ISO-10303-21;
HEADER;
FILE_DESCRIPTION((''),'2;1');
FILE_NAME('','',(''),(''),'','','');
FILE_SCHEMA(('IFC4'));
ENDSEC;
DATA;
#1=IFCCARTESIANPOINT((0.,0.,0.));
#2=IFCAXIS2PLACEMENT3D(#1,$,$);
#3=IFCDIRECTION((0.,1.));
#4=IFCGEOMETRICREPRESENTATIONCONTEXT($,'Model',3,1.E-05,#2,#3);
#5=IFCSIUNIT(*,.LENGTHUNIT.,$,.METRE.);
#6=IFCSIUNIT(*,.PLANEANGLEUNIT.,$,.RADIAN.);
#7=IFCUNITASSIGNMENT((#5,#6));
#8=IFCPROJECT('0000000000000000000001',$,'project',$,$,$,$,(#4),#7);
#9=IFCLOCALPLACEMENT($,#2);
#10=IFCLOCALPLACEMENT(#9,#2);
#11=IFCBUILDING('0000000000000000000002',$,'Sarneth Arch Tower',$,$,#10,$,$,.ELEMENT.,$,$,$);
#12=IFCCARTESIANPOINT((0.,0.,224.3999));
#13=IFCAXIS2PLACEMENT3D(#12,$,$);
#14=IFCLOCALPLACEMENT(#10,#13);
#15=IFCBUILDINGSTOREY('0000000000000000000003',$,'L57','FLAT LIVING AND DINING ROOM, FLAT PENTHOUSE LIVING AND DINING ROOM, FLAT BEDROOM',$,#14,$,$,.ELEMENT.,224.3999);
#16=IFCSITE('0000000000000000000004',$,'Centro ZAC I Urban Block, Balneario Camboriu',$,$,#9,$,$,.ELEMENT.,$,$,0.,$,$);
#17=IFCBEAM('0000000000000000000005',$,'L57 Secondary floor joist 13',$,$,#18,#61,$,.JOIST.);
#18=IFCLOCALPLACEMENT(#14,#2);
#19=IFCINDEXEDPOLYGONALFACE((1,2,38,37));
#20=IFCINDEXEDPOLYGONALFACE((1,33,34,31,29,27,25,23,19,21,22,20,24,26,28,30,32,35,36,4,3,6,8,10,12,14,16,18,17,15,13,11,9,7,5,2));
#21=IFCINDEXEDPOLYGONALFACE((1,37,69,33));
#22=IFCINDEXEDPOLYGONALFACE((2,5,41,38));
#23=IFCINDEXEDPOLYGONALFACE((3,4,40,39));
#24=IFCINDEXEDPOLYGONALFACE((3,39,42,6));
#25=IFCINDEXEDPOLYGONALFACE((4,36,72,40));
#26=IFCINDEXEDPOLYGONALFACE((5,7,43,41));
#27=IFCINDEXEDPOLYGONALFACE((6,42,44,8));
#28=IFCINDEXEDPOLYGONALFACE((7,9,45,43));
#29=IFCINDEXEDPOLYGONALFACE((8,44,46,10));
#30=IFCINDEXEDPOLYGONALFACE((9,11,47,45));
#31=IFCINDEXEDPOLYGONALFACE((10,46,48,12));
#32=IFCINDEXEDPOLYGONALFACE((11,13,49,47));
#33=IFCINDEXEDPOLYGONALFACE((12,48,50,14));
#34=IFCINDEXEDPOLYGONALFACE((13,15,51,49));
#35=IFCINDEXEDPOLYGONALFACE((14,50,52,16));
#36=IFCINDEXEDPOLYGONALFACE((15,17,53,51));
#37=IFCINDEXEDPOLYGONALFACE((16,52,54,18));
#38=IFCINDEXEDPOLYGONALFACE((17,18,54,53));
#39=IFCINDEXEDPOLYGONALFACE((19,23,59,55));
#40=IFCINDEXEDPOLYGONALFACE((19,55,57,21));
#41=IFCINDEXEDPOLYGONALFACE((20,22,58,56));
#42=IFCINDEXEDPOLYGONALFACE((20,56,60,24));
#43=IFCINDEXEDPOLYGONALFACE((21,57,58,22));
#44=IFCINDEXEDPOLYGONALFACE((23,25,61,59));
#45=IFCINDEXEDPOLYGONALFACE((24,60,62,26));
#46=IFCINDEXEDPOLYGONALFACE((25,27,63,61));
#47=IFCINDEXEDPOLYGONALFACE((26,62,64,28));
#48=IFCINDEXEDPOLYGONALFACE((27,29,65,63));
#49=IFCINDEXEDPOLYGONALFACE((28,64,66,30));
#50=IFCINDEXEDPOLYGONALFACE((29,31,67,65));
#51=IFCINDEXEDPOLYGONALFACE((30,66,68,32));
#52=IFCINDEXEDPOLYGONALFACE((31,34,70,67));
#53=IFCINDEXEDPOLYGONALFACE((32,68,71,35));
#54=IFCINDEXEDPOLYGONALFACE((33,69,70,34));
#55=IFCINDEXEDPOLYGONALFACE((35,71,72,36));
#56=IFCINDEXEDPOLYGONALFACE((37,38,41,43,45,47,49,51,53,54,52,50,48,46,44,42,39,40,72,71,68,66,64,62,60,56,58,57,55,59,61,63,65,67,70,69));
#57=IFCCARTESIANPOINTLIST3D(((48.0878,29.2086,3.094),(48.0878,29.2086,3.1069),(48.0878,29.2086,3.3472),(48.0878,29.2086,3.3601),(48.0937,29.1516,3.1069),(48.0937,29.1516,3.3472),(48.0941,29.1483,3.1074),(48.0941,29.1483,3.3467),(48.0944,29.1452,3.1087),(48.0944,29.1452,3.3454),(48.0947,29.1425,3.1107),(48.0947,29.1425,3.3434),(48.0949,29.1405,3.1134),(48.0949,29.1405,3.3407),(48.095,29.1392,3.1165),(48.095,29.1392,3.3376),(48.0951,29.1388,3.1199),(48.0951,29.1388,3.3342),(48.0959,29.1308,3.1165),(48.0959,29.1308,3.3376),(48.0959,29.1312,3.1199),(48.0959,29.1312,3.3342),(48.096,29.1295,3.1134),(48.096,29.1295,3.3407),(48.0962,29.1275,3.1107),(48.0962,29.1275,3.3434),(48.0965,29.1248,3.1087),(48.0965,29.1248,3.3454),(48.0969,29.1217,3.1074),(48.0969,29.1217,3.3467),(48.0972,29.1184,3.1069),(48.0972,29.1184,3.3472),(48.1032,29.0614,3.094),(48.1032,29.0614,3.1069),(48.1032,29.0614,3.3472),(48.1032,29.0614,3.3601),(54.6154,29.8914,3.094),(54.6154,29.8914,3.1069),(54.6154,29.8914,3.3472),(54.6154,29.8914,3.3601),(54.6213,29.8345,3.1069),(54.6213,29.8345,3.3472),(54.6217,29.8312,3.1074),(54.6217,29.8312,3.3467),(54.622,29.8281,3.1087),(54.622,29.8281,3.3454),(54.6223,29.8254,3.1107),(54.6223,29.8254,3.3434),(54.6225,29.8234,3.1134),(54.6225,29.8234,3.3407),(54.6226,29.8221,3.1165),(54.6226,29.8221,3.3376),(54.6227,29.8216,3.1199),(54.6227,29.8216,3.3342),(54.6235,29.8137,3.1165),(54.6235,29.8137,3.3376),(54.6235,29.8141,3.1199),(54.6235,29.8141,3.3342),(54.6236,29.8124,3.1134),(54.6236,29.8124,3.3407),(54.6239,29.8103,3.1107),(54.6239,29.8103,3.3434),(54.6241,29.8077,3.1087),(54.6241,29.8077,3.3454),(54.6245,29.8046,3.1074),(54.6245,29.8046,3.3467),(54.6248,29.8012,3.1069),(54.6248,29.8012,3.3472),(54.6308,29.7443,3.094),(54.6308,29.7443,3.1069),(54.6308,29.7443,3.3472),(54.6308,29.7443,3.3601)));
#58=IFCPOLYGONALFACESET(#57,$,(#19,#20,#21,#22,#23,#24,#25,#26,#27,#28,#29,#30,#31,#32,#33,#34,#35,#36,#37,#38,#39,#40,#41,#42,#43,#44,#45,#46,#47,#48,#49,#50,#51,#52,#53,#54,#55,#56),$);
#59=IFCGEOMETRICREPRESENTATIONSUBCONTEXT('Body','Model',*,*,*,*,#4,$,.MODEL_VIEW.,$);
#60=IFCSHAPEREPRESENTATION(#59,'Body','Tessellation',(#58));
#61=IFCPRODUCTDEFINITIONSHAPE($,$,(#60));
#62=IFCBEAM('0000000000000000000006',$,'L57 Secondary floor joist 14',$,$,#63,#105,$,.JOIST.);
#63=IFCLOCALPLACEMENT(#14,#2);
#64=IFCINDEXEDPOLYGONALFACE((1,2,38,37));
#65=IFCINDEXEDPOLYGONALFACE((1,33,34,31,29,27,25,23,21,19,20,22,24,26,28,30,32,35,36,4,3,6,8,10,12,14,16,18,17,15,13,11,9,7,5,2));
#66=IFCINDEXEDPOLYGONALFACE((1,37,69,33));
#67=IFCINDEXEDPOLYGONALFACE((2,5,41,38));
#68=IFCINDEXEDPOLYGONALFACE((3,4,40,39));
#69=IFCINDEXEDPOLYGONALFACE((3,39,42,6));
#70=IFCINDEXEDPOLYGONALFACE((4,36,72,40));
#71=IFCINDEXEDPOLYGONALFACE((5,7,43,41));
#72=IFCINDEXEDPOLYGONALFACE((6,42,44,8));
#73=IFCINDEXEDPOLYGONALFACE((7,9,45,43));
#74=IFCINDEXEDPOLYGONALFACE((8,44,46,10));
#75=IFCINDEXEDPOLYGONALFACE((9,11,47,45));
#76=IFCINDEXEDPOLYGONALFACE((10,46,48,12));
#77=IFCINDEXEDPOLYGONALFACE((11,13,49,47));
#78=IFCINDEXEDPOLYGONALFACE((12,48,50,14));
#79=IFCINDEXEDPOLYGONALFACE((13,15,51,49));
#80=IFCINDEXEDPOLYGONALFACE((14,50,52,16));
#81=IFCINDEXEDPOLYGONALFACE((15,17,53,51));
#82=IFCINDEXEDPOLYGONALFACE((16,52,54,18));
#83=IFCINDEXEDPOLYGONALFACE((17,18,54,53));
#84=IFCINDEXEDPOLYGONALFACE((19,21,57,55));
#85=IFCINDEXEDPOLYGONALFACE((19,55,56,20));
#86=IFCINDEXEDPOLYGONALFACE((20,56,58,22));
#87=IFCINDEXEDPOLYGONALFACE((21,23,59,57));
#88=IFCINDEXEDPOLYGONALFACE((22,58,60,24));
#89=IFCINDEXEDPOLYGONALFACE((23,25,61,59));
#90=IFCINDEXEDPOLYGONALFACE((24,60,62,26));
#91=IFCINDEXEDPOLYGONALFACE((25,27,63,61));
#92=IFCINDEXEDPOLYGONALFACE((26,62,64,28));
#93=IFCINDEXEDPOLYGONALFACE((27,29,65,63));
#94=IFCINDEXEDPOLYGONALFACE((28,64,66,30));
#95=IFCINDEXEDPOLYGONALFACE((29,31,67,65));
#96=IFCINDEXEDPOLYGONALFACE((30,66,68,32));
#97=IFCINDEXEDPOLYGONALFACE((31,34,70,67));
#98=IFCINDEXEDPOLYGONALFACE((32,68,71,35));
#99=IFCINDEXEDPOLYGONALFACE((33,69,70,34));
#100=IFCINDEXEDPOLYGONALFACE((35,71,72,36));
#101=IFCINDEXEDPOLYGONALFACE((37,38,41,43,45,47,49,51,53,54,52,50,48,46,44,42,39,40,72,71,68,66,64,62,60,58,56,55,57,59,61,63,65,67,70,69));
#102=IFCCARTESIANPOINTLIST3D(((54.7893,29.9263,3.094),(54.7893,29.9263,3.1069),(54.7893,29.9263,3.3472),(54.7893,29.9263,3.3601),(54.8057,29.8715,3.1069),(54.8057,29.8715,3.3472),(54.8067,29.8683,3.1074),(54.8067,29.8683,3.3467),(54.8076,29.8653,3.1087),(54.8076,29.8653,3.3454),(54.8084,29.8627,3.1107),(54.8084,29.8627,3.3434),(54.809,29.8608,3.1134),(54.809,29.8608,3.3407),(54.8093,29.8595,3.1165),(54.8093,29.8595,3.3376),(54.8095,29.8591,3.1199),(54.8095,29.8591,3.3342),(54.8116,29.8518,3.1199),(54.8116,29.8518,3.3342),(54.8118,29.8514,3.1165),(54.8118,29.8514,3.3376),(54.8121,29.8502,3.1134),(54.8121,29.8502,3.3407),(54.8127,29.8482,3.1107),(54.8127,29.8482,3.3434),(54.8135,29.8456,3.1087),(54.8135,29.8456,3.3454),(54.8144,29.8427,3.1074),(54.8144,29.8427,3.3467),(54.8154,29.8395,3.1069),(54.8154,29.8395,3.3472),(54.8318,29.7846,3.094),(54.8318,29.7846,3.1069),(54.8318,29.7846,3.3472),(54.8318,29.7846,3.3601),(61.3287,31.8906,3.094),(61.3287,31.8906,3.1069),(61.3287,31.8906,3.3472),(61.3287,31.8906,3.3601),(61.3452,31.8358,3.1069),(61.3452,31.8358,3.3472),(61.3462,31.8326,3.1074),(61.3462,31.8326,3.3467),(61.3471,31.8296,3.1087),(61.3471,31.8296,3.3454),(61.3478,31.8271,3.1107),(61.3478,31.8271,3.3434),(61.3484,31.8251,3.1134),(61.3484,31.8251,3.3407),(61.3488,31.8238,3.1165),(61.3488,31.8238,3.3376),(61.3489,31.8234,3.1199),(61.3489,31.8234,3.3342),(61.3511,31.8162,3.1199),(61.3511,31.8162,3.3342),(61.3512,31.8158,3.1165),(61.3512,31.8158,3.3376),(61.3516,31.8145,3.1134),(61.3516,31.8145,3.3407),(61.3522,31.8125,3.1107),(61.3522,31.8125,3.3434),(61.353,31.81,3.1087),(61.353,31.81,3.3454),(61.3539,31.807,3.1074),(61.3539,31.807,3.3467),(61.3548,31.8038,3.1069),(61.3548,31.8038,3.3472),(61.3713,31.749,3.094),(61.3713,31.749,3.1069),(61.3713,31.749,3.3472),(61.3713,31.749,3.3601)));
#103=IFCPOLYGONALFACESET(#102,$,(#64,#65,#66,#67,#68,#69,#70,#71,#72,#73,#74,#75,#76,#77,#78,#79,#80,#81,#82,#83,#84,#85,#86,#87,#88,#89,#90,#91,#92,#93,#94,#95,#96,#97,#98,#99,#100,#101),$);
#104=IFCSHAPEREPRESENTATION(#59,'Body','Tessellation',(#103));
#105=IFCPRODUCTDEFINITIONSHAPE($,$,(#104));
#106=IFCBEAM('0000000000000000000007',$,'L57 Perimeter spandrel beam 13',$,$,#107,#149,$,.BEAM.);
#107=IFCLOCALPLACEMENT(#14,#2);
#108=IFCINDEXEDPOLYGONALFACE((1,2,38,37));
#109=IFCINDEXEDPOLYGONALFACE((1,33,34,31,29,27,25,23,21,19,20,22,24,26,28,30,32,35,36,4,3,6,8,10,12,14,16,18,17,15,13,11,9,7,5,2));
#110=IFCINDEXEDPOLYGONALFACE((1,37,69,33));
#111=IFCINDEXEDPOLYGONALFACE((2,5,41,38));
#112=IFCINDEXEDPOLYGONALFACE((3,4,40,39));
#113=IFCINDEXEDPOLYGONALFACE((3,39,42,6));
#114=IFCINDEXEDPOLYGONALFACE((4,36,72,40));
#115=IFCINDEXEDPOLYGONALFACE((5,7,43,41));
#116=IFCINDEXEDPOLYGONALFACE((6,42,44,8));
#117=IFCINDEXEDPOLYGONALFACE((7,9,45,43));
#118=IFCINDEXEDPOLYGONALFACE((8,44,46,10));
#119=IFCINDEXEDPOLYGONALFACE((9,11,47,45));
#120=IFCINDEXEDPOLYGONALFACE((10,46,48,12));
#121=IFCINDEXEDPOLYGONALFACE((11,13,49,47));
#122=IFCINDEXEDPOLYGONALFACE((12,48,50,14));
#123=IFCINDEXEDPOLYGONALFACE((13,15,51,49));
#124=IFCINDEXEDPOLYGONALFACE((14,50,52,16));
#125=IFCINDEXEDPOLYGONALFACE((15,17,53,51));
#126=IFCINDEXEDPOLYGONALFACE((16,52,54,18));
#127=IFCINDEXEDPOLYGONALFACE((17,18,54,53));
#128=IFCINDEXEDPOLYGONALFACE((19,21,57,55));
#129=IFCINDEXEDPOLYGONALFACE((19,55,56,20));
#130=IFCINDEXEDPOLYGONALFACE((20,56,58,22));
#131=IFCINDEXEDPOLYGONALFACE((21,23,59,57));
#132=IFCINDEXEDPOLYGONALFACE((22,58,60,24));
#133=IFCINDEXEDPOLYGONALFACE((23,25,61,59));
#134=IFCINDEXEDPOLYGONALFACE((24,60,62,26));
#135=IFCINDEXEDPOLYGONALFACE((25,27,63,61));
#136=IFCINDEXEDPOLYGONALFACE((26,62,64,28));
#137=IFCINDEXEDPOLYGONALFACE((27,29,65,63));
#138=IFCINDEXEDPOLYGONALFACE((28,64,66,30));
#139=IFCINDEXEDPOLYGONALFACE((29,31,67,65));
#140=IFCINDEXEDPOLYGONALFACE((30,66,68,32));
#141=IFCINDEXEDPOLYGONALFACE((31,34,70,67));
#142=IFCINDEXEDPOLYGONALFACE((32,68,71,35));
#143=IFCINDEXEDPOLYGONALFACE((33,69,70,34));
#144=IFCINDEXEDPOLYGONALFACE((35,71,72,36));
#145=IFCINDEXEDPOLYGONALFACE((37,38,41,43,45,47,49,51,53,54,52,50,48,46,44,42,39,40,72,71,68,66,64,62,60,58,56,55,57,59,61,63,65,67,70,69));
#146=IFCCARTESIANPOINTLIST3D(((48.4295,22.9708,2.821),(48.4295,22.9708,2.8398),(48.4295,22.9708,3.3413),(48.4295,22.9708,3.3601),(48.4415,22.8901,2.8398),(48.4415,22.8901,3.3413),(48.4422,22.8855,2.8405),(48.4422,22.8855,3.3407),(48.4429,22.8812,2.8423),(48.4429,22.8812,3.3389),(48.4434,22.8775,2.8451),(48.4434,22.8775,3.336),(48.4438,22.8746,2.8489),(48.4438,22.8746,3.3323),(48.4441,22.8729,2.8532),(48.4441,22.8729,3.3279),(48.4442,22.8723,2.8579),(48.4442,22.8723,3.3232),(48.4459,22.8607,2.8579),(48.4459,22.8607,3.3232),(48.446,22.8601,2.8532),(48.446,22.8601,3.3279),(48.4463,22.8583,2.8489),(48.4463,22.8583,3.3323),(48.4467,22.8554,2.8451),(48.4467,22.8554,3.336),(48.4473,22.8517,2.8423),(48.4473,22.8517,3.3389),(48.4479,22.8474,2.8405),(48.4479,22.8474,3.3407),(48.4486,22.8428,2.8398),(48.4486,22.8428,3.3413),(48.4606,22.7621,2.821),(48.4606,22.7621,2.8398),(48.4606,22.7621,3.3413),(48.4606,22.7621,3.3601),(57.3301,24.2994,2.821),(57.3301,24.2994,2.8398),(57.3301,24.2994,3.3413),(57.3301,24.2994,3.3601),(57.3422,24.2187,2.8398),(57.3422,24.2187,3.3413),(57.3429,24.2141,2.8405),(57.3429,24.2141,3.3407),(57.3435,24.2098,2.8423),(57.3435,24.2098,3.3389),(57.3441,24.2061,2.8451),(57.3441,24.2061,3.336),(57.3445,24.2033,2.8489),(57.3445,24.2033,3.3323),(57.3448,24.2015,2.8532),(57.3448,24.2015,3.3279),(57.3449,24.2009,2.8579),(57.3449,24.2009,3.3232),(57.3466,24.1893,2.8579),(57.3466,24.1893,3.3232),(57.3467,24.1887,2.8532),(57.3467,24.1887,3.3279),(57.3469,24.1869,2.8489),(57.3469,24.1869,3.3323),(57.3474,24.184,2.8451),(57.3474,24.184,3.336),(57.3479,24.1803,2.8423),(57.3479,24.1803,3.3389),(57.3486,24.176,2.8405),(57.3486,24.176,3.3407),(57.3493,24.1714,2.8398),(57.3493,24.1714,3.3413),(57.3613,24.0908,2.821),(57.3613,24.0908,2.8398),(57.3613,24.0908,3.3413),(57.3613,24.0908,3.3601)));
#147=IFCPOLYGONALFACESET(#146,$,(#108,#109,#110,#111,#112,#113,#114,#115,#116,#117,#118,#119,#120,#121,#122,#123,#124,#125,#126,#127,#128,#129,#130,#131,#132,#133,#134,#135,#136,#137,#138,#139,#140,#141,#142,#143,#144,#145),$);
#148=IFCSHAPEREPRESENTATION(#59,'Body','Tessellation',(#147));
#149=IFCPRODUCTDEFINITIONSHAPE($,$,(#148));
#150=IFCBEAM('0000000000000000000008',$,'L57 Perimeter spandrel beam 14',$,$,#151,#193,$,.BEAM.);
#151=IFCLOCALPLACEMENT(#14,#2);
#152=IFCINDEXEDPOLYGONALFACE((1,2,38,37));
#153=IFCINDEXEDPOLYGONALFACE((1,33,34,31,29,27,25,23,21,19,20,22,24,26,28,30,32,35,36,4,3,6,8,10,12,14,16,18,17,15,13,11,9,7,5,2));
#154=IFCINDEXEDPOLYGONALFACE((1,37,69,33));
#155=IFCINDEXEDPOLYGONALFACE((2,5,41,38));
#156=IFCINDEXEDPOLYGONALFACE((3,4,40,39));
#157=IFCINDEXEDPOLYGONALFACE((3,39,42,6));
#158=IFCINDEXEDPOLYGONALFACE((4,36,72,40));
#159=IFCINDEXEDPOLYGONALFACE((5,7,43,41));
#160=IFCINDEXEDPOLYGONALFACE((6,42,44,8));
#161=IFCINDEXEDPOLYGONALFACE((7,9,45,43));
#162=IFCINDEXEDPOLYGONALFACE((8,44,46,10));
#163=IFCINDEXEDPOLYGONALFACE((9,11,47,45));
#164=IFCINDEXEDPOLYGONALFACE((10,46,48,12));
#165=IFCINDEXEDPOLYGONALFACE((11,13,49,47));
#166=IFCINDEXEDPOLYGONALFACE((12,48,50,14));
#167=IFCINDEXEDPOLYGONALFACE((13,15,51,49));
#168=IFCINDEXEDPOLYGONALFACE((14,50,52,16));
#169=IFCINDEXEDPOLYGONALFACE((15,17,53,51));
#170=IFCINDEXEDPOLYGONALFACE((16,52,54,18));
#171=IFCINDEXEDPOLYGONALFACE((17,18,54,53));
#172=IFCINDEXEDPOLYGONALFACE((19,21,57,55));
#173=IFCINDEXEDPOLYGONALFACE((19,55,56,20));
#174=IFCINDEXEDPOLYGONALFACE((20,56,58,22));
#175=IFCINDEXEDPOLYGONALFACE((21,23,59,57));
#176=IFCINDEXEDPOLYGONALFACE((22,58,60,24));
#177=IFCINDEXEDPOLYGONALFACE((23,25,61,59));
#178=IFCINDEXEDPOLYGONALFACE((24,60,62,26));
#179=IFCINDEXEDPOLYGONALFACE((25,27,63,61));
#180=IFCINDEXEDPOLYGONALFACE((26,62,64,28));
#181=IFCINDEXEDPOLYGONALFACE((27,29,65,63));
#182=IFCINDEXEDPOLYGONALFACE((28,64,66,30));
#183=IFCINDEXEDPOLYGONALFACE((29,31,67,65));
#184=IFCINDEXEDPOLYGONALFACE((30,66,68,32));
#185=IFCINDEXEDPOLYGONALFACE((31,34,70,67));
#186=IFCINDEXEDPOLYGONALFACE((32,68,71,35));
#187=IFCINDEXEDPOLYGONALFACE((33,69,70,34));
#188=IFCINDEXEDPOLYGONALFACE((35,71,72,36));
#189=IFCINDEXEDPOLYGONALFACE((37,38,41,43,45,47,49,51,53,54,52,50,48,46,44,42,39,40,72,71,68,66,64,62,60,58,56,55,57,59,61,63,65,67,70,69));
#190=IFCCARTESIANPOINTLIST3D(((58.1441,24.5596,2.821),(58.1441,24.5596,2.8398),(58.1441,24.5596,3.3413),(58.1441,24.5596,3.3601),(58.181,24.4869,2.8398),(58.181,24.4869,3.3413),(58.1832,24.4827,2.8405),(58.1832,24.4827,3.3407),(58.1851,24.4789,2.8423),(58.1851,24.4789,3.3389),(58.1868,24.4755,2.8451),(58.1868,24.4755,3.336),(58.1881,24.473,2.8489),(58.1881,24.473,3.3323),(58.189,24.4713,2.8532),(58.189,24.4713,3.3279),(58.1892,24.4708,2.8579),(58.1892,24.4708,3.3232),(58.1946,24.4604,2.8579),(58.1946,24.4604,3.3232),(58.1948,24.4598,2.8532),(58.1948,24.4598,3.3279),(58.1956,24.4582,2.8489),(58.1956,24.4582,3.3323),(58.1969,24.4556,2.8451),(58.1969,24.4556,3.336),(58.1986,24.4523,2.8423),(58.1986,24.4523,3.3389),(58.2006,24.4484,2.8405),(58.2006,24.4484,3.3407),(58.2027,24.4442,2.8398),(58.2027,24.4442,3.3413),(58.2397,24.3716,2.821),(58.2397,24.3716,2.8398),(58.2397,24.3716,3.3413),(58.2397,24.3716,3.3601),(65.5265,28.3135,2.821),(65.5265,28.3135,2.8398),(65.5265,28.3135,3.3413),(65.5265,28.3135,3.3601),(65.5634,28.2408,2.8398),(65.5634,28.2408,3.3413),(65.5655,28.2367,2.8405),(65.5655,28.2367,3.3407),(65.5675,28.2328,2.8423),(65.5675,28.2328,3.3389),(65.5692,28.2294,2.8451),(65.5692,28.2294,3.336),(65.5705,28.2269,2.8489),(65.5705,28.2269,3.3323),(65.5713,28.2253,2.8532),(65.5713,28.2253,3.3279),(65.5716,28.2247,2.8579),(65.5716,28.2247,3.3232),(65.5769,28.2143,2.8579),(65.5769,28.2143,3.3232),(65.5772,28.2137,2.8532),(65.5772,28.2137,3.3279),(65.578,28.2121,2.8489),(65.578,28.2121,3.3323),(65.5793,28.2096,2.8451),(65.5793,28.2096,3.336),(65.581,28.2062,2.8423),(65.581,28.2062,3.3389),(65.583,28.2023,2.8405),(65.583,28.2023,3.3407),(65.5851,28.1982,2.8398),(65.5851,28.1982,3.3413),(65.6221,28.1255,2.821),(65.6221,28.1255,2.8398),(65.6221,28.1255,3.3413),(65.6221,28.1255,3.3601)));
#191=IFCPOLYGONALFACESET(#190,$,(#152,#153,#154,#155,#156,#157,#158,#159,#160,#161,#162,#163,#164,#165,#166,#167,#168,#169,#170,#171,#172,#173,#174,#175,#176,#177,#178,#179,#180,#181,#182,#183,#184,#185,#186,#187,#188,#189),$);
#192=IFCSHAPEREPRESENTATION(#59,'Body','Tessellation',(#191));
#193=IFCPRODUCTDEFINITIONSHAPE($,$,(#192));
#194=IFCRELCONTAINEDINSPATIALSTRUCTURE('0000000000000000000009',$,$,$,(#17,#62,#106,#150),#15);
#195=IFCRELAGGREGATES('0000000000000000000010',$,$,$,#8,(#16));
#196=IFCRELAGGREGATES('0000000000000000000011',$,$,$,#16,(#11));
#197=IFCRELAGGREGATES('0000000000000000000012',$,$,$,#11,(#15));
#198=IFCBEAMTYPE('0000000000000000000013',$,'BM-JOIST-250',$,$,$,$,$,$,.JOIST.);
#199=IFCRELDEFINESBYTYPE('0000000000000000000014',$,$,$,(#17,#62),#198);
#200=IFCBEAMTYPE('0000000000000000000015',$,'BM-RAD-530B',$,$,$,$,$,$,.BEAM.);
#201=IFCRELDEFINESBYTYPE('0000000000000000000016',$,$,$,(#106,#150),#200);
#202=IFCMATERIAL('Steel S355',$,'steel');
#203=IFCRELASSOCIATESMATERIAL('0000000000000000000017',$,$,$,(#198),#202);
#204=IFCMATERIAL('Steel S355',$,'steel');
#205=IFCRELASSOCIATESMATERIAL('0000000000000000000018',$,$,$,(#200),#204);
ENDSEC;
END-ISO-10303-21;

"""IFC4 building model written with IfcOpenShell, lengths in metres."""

from ifc_helpers import new_model, si_unit, direction, frame, origin, origin_2d, place, context, subcontext, project, spatial, i_section, extrude, material, material_profile, profile_set, type_object, element, save


model = new_model("IFC4")

# Units and contexts
model_context = context("Model", 3, precision=1e-05, world=origin(), true_north=direction((0.0, 1.0)))
body_context = subcontext(model_context, "Body", "Model", "MODEL_VIEW")
ifc_project = project(units=[si_unit("LENGTHUNIT", "METRE"), si_unit("PLANEANGLEUNIT", "RADIAN")], contexts=[model_context])

# Site, building, storey
site_placement = place(None, origin())
site = spatial("IfcSite", under=ifc_project, at=site_placement, Name="Centro ZAC I Urban Block, Balneario Camboriu", CompositionType="ELEMENT", RefElevation=0.0)
building_placement = place(site_placement, origin())
building = spatial("IfcBuilding", under=site, at=building_placement, Name="Sarneth Arch Tower", CompositionType="ELEMENT")
storey_placement = place(building_placement, frame((0.0, 0.0, 224.3999)))
storey = spatial("IfcBuildingStorey", under=building, at=storey_placement, Name="L57", Description="FLAT LIVING AND DINING ROOM, FLAT PENTHOUSE LIVING AND DINING ROOM, FLAT BEDROOM", CompositionType="ELEMENT", Elevation=224.3999)

# Beams
ifc_material_1 = material(Name="Steel S355", Category="steel")
ifc_material_profile_1 = material_profile(ifc_material_1, i_section(OverallWidth=0.1479, OverallDepth=0.2661, WebThickness=0.0076, FlangeThickness=0.0129, FilletRadius=0.0129, at=origin_2d()), Name="W250x44.8")
ifc_profile_set_1 = profile_set([ifc_material_profile_1], Name="Steel S355")
beam_type_1 = type_object("IfcBeamType", Name="BM-JOIST-250", PredefinedType="JOIST", material=ifc_profile_set_1)
beam_1_placement = place(storey_placement, frame((48.0955, 29.135, 3.2271), z_axis=(0.994573, 0.104044, 0.0), x_axis=(-0.104044, 0.994573, 0.0)))
element("IfcBeam", 1, at=beam_1_placement, inside=storey, type_object=beam_type_1, Name="L57 Secondary floor joist 13", PredefinedType="JOIST", context=body_context, shape_type="SweptSolid", body=[
    extrude(i_section(OverallWidth=0.1479, OverallDepth=0.2661, WebThickness=0.0076, FlangeThickness=0.0129, FilletRadius=0.0129, at=origin_2d()), origin(), (0.0, 0.0, 1.0), 6.5632),
])
beam_2_placement = place(storey_placement, frame((54.8105, 29.8555, 3.2271), z_axis=(0.957726, 0.287682, 0.0), x_axis=(-0.287682, 0.957726, 0.0)))
element("IfcBeam", 2, at=beam_2_placement, inside=storey, type_object=beam_type_1, Name="L57 Secondary floor joist 14", PredefinedType="JOIST", context=body_context, shape_type="SweptSolid", body=[
    extrude(i_section(OverallWidth=0.1479, OverallDepth=0.2661, WebThickness=0.0076, FlangeThickness=0.0129, FilletRadius=0.0129, at=origin_2d()), origin(), (0.0, 0.0, 1.0), 6.8281),
])
ifc_material_2 = material(Name="Steel S355", Category="steel")
ifc_material_profile_2 = material_profile(ifc_material_2, i_section(OverallWidth=0.2109, OverallDepth=0.5391, WebThickness=0.0117, FlangeThickness=0.0188, FilletRadius=0.0181, at=origin_2d()), Name="W530x109")
ifc_profile_set_2 = profile_set([ifc_material_profile_2], Name="Steel S355")
beam_type_2 = type_object("IfcBeamType", Name="BM-RAD-530B", PredefinedType="BEAM", material=ifc_profile_set_2)
beam_3_placement = place(storey_placement, frame((48.4451, 22.8665, 3.0906), z_axis=(0.989042, 0.147636, 0.0), x_axis=(-0.147636, 0.989042, 0.0)))
element("IfcBeam", 3, at=beam_3_placement, inside=storey, type_object=beam_type_2, Name="L57 Perimeter spandrel beam 13", PredefinedType="BEAM", context=body_context, shape_type="SweptSolid", body=[
    extrude(i_section(OverallWidth=0.2109, OverallDepth=0.5391, WebThickness=0.0117, FlangeThickness=0.0188, FilletRadius=0.0181, at=origin_2d()), origin(), (0.0, 0.0, 1.0), 8.9993),
])
beam_4_placement = place(storey_placement, frame((58.1919, 24.4656, 3.0906), z_axis=(0.891376, 0.453264, 0.0), x_axis=(-0.453264, 0.891376, 0.0)))
element("IfcBeam", 4, at=beam_4_placement, inside=storey, type_object=beam_type_2, Name="L57 Perimeter spandrel beam 14", PredefinedType="BEAM", context=body_context, shape_type="SweptSolid", body=[
    extrude(i_section(OverallWidth=0.2109, OverallDepth=0.5391, WebThickness=0.0117, FlangeThickness=0.0188, FilletRadius=0.0181, at=origin_2d()), origin(), (0.0, 0.0, 1.0), 8.282),
])

save(model, "model.ifc")
